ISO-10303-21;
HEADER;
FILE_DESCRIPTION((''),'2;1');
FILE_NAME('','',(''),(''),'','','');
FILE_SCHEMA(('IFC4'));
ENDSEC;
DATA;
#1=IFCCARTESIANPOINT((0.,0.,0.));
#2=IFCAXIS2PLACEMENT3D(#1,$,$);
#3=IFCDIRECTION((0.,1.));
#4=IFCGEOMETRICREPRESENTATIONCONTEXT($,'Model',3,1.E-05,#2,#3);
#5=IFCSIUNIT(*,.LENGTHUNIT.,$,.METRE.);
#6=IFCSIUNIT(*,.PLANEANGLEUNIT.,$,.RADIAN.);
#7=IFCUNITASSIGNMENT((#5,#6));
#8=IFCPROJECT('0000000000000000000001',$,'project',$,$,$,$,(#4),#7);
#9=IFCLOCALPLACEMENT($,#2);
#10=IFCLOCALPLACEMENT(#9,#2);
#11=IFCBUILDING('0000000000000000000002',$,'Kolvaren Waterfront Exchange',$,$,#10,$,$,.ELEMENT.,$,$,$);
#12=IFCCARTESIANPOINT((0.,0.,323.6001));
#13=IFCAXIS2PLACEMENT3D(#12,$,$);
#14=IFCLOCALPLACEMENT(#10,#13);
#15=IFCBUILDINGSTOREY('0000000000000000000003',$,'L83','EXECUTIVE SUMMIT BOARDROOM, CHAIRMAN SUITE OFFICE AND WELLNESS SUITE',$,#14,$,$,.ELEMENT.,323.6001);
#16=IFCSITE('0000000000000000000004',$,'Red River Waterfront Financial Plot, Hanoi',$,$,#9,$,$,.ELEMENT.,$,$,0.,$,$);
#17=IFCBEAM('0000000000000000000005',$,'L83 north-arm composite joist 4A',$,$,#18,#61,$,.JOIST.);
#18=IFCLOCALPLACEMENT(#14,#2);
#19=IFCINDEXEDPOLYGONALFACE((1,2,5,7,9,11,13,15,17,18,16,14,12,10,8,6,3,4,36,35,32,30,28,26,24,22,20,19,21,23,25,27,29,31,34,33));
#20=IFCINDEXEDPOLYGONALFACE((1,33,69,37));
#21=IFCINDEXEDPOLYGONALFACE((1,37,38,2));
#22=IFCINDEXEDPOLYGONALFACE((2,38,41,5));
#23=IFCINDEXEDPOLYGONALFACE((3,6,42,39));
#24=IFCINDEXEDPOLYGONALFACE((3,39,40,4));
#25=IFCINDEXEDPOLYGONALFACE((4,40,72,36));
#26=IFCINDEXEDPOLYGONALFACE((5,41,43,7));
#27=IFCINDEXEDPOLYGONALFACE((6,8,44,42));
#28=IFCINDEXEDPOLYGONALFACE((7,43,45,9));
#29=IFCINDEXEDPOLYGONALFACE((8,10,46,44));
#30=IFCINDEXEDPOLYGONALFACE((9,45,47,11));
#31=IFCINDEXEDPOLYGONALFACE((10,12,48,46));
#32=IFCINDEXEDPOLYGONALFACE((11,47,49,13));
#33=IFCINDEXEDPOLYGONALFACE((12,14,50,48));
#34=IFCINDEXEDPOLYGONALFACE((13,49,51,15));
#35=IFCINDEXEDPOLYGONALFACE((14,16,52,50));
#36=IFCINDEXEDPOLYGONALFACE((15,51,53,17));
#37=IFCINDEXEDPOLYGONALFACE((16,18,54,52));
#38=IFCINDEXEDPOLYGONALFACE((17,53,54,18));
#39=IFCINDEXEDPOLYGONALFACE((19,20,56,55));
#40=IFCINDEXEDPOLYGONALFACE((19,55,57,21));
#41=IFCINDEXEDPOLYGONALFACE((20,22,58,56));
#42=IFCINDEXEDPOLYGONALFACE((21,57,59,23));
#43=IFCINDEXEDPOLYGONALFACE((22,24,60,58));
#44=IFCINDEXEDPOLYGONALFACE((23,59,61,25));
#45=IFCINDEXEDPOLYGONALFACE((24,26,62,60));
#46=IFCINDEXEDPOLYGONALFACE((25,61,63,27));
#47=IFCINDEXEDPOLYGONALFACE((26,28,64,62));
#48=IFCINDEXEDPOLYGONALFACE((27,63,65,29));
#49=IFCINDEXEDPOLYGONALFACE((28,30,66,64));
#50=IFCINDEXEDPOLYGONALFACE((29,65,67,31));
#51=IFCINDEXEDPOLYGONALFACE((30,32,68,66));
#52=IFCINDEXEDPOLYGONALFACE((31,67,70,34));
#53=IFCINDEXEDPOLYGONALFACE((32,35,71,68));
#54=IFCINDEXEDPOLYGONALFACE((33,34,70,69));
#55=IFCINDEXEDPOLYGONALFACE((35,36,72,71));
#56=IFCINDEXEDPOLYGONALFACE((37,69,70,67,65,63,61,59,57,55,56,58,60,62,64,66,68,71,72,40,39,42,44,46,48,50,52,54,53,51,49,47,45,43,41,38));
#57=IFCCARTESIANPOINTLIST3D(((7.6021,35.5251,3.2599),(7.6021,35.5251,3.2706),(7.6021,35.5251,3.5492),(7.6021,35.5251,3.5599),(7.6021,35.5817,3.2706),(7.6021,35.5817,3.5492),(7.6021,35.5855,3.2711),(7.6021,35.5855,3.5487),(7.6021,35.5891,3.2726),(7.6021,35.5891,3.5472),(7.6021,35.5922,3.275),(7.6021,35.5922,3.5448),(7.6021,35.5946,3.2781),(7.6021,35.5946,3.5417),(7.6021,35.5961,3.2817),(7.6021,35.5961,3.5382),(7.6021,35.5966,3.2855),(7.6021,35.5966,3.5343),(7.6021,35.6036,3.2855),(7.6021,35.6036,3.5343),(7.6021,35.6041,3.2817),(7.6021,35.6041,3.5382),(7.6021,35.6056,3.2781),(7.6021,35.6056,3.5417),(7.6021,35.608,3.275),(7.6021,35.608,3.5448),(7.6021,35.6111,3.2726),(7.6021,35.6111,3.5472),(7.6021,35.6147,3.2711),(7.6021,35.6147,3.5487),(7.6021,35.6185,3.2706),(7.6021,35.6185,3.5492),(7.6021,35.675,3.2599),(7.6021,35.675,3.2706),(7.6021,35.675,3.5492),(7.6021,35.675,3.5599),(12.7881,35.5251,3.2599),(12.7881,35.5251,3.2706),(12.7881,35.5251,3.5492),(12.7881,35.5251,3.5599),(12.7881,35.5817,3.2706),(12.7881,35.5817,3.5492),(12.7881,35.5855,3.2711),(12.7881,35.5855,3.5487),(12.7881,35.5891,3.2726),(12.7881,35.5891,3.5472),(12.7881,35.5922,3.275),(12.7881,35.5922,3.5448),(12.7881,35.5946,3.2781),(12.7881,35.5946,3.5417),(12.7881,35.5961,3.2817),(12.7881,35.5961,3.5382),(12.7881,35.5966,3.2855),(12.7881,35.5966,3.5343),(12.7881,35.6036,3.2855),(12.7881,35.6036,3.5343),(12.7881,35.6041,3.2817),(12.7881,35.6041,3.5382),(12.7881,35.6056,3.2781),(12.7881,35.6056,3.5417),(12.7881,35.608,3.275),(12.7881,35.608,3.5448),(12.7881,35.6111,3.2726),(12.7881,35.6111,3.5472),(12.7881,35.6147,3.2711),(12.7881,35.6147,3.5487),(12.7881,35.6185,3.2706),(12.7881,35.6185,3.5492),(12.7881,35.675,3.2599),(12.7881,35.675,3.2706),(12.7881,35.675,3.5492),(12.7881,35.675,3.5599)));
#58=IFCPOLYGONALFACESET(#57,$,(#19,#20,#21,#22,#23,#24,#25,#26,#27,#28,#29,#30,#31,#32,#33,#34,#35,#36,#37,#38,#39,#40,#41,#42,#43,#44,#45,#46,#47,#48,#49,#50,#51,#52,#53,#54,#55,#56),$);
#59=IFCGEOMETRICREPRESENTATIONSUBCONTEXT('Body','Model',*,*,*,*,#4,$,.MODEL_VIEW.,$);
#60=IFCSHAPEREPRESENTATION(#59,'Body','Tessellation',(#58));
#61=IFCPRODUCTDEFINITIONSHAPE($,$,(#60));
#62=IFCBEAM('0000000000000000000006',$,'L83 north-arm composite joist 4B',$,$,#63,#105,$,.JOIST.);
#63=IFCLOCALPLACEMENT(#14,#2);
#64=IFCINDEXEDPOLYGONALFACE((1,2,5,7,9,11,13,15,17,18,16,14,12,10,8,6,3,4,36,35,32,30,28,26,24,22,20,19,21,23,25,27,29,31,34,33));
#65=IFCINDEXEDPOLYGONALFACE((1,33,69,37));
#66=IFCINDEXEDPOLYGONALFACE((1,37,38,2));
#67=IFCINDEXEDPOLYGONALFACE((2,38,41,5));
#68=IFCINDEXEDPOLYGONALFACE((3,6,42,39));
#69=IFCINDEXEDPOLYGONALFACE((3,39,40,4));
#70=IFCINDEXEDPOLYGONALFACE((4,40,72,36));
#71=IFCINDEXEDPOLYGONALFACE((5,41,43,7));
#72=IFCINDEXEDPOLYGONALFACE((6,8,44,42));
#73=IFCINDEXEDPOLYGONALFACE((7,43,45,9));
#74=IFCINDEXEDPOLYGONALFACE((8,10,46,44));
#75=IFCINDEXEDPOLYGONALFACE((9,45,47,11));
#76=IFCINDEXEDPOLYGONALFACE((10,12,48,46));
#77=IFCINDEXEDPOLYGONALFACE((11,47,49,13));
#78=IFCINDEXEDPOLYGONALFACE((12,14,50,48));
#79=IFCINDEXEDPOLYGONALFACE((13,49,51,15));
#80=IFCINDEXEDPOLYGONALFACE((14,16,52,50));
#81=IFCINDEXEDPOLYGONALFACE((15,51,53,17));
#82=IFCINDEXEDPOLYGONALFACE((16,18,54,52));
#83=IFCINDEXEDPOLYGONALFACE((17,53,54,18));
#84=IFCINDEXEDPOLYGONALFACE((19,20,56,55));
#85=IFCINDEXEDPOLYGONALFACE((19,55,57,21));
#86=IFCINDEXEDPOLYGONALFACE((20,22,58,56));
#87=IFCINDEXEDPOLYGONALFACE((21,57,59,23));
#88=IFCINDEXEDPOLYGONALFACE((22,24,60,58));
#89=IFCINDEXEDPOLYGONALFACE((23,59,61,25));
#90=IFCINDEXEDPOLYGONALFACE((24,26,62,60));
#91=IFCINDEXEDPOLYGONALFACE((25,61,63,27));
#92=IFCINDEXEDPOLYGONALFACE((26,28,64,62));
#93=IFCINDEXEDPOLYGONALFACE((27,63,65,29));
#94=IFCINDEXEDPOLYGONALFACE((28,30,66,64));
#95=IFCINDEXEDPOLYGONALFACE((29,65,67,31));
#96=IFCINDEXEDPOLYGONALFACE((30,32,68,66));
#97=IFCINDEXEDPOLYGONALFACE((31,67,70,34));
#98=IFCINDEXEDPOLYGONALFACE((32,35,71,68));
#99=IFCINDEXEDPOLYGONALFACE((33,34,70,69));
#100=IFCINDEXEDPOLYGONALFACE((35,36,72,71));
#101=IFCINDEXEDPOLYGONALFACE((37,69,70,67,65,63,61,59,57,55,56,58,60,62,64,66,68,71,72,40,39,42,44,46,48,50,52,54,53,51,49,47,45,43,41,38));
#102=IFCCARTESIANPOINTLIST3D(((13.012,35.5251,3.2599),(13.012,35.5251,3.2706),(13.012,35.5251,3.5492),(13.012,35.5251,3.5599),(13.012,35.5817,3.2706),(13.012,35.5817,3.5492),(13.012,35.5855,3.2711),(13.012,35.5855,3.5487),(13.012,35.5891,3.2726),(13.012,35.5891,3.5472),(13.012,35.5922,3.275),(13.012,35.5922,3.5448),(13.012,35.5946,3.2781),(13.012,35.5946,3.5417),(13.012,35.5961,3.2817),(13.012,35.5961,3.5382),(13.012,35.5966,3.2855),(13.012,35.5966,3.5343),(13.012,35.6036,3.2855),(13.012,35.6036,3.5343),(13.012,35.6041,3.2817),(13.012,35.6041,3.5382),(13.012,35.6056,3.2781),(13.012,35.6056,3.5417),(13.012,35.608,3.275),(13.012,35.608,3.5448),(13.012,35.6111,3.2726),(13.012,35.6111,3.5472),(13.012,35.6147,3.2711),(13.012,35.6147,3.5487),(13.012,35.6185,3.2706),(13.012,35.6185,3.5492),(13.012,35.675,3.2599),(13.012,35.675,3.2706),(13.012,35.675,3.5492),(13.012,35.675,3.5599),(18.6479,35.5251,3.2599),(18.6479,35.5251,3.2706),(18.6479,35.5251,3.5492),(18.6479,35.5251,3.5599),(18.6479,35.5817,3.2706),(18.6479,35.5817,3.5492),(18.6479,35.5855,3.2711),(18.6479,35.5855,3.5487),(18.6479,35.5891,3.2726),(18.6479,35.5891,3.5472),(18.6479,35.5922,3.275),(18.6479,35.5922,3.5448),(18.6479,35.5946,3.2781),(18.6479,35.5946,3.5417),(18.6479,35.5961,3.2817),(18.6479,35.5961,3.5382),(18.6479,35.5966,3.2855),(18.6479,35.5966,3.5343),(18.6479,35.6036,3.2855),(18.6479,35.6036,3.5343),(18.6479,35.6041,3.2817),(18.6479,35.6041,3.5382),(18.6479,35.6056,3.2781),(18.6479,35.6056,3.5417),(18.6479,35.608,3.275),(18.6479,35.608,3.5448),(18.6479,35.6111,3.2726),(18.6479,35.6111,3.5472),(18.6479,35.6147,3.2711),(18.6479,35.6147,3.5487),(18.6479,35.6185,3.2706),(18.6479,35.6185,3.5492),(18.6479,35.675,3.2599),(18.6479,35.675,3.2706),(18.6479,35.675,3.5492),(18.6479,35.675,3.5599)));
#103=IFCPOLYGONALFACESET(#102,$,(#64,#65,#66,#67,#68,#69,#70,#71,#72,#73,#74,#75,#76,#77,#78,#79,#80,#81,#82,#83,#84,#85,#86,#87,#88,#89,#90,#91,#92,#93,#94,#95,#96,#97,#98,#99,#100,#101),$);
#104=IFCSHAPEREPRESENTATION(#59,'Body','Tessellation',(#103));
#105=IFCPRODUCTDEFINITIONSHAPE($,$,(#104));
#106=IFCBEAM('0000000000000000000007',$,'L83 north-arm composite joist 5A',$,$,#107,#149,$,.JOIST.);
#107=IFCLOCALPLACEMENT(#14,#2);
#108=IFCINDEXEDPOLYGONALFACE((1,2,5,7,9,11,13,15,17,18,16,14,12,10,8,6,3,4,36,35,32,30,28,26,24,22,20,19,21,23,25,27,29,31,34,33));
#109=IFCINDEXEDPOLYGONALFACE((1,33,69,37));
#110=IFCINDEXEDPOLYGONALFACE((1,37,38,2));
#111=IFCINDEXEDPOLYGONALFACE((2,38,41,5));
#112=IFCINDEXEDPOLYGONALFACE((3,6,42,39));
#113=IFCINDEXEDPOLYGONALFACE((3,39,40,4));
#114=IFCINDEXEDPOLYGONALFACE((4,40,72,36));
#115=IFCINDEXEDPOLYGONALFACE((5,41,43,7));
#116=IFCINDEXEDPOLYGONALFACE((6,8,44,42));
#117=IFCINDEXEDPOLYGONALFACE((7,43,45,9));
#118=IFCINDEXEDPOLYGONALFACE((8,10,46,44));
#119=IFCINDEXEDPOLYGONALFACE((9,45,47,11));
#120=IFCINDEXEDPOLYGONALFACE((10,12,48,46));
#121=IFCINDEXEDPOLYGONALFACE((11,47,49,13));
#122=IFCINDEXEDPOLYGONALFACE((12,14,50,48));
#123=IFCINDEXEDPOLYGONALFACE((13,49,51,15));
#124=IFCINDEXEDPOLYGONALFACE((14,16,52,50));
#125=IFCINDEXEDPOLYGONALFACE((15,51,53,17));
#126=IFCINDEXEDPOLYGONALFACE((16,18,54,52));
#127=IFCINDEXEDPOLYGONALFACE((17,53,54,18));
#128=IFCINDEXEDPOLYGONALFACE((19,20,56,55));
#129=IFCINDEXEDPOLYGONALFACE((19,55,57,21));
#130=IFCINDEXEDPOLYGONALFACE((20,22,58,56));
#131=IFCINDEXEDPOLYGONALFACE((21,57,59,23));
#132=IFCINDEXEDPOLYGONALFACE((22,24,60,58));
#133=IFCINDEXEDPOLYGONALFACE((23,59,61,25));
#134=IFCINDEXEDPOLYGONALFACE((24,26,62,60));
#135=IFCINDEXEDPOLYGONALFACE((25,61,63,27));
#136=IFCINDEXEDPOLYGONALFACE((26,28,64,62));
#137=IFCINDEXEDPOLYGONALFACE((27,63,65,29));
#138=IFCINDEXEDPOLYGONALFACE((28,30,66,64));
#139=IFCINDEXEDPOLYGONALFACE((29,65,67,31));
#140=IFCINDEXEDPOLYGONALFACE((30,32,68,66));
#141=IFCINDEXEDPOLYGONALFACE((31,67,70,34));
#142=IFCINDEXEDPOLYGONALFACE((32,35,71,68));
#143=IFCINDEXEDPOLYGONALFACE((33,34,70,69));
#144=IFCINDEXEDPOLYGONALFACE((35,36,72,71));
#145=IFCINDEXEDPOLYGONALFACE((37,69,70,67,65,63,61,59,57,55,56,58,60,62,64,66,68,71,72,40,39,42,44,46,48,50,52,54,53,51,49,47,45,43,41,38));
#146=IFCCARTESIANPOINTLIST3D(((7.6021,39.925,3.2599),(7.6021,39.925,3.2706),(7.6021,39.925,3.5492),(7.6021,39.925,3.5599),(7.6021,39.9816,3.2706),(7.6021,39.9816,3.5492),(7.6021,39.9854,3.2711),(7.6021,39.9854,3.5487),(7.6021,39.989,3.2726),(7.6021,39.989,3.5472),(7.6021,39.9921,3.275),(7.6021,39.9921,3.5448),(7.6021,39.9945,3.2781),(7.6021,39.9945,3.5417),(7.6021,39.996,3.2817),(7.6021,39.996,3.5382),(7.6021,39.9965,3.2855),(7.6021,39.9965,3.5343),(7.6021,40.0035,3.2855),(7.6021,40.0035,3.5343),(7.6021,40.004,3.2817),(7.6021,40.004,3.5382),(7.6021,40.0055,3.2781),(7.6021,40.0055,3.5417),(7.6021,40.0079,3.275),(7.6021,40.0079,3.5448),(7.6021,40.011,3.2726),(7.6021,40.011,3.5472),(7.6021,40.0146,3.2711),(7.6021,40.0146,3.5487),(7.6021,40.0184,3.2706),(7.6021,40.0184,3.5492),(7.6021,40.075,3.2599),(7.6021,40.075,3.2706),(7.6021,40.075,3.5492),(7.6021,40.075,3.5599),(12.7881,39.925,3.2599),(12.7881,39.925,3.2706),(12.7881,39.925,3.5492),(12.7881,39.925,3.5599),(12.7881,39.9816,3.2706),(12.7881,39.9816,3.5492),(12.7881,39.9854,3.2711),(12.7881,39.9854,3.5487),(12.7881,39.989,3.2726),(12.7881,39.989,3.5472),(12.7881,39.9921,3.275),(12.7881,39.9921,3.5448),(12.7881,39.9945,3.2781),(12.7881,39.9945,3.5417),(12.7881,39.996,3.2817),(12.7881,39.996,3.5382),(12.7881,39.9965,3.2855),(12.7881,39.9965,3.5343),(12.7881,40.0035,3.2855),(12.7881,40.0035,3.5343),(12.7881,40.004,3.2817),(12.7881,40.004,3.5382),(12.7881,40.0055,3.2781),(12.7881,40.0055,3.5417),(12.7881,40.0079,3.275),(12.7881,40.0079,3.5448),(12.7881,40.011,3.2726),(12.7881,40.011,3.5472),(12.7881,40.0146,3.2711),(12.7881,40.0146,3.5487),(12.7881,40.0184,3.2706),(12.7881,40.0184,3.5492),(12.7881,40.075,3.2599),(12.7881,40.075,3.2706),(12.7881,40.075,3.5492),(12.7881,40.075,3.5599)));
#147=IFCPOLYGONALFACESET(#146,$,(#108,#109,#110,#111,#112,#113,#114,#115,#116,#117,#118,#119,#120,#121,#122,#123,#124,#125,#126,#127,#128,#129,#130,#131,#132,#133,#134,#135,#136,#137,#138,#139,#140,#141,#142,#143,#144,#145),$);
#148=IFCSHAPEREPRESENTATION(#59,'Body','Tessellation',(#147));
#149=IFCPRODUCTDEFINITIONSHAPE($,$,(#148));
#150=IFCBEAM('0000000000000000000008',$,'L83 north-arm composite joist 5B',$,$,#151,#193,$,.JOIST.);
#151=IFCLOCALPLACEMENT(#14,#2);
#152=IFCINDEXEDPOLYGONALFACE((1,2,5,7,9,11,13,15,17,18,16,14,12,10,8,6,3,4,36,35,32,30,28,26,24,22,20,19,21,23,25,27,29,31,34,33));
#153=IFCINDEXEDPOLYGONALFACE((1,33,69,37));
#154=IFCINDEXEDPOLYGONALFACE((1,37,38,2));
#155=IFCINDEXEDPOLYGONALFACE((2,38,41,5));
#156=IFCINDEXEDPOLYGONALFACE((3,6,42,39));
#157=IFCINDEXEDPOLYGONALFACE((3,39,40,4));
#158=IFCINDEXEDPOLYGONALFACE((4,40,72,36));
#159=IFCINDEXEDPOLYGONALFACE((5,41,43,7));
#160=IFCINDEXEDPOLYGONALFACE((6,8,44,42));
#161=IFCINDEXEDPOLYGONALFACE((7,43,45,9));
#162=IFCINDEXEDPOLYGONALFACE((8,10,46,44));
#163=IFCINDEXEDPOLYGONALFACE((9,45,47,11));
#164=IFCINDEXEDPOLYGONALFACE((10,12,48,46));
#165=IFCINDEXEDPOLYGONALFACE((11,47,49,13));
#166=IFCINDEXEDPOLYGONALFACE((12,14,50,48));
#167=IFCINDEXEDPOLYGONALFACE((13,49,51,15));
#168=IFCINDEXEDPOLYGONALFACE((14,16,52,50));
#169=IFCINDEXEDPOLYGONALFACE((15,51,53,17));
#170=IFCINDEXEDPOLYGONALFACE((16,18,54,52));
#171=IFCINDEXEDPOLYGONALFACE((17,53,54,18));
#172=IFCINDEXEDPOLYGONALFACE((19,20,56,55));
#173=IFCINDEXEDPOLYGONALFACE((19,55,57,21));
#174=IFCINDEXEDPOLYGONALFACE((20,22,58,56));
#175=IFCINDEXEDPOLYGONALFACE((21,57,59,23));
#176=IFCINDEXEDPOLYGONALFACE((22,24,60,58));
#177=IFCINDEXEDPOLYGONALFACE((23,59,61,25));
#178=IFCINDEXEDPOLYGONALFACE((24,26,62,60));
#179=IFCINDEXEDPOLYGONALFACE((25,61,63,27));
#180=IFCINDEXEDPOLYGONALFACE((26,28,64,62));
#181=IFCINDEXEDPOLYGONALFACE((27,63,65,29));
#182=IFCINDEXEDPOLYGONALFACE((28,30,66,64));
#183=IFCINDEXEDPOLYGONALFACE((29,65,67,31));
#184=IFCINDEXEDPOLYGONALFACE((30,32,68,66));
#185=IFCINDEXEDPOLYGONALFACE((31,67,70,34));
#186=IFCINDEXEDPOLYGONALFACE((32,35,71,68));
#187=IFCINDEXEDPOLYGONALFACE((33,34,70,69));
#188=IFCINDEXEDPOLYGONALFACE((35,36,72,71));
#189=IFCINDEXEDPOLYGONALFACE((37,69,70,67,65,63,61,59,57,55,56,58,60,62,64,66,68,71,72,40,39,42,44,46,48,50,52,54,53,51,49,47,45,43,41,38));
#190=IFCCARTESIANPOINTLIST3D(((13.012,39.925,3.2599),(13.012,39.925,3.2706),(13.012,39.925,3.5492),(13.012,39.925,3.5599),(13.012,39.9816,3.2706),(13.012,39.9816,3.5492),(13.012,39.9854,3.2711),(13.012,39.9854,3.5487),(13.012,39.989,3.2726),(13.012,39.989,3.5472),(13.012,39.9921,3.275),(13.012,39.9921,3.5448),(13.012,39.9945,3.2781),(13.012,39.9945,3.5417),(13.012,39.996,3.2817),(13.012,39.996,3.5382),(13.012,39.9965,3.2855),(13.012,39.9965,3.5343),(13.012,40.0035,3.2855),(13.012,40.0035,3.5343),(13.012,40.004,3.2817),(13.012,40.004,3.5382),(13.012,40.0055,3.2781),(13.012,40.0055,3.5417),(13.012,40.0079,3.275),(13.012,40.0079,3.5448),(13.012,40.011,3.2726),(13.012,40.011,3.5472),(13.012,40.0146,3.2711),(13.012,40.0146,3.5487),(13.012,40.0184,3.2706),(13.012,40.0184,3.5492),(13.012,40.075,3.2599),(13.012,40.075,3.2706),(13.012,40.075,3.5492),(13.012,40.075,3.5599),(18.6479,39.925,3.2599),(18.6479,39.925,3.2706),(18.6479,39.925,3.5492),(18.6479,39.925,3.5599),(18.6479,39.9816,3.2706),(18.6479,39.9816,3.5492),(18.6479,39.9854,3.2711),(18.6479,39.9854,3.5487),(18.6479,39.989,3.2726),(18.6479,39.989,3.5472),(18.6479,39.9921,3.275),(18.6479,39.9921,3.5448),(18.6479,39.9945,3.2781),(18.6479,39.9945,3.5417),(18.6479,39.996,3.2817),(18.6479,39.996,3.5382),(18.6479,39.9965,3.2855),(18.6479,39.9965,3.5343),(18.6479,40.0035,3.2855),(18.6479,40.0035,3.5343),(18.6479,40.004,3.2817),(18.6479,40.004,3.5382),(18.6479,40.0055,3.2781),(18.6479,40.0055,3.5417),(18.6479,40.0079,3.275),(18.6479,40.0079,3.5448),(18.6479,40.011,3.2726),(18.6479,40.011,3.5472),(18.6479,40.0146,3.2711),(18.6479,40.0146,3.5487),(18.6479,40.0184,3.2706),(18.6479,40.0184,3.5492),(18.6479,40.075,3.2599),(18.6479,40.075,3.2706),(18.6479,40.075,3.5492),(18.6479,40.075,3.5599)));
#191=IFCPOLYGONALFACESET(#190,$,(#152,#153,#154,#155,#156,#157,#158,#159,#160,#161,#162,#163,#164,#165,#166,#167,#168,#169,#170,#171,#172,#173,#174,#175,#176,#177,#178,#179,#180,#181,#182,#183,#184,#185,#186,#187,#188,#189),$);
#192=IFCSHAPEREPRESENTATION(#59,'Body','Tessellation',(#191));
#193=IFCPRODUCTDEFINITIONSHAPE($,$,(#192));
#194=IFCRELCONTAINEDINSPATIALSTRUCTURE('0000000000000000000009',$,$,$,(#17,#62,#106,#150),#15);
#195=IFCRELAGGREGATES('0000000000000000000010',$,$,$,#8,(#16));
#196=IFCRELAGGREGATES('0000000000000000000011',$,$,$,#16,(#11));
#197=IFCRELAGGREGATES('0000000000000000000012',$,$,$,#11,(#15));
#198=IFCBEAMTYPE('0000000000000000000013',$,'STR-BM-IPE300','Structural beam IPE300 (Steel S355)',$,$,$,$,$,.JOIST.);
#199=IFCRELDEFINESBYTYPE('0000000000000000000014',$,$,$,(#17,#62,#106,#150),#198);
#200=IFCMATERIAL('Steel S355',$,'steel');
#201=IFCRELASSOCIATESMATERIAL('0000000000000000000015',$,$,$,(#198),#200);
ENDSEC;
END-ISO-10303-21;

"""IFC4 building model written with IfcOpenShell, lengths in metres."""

from ifc_helpers import new_model, si_unit, direction, frame, origin, origin_2d, place, context, subcontext, project, spatial, i_section, extrude, material, material_profile, profile_set, type_object, element, save


model = new_model("IFC4")

# Units and contexts
model_context = context("Model", 3, precision=1e-05, world=origin(), true_north=direction((0.0, 1.0)))
body_context = subcontext(model_context, "Body", "Model", "MODEL_VIEW")
ifc_project = project(units=[si_unit("LENGTHUNIT", "METRE"), si_unit("PLANEANGLEUNIT", "RADIAN")], contexts=[model_context])

# Site, building, storey
site_placement = place(None, origin())
site = spatial("IfcSite", under=ifc_project, at=site_placement, Name="Red River Waterfront Financial Plot, Hanoi", CompositionType="ELEMENT", RefElevation=0.0)
building_placement = place(site_placement, origin())
building = spatial("IfcBuilding", under=site, at=building_placement, Name="Kolvaren Waterfront Exchange", CompositionType="ELEMENT")
storey_placement = place(building_placement, frame((0.0, 0.0, 323.6001)))
storey = spatial("IfcBuildingStorey", under=building, at=storey_placement, Name="L83", Description="EXECUTIVE SUMMIT BOARDROOM, CHAIRMAN SUITE OFFICE AND WELLNESS SUITE", CompositionType="ELEMENT", Elevation=323.6001)

# Beams
ifc_material_1 = material(Name="Steel S355", Category="steel")
ifc_material_profile_1 = material_profile(ifc_material_1, i_section(OverallWidth=0.1499, OverallDepth=0.3, WebThickness=0.0071, FlangeThickness=0.0107, FilletRadius=0.0149, at=origin_2d()), Name="IPE300")
ifc_profile_set_1 = profile_set([ifc_material_profile_1], Name="Steel S355")
beam_type_1 = type_object("IfcBeamType", Name="STR-BM-IPE300", Description="Structural beam IPE300 (Steel S355)", PredefinedType="JOIST", material=ifc_profile_set_1)
beam_1_placement = place(storey_placement, frame((7.6021, 35.6001, 3.4099), z_axis=(1.0, 0.0, 0.0), x_axis=(0.0, 1.0, 0.0)))
element("IfcBeam", 1, at=beam_1_placement, inside=storey, type_object=beam_type_1, Name="L83 north-arm composite joist 4A", PredefinedType="JOIST", context=body_context, shape_type="SweptSolid", body=[
    extrude(i_section(OverallWidth=0.1499, OverallDepth=0.3, WebThickness=0.0071, FlangeThickness=0.0107, FilletRadius=0.0149, at=origin_2d()), origin(), (0.0, 0.0, 1.0), 5.186),
])
beam_2_placement = place(storey_placement, frame((13.012, 35.6001, 3.4099), z_axis=(1.0, 0.0, 0.0), x_axis=(0.0, 1.0, 0.0)))
element("IfcBeam", 2, at=beam_2_placement, inside=storey, type_object=beam_type_1, Name="L83 north-arm composite joist 4B", PredefinedType="JOIST", context=body_context, shape_type="SweptSolid", body=[
    extrude(i_section(OverallWidth=0.1499, OverallDepth=0.3, WebThickness=0.0071, FlangeThickness=0.0107, FilletRadius=0.0149, at=origin_2d()), origin(), (0.0, 0.0, 1.0), 5.636),
])
beam_3_placement = place(storey_placement, frame((7.6021, 40.0, 3.4099), z_axis=(1.0, 0.0, 0.0), x_axis=(0.0, 1.0, 0.0)))
element("IfcBeam", 3, at=beam_3_placement, inside=storey, type_object=beam_type_1, Name="L83 north-arm composite joist 5A", PredefinedType="JOIST", context=body_context, shape_type="SweptSolid", body=[
    extrude(i_section(OverallWidth=0.1499, OverallDepth=0.3, WebThickness=0.0071, FlangeThickness=0.0107, FilletRadius=0.0149, at=origin_2d()), origin(), (0.0, 0.0, 1.0), 5.186),
])
beam_4_placement = place(storey_placement, frame((13.012, 40.0, 3.4099), z_axis=(1.0, 0.0, 0.0), x_axis=(0.0, 1.0, 0.0)))
element("IfcBeam", 4, at=beam_4_placement, inside=storey, type_object=beam_type_1, Name="L83 north-arm composite joist 5B", PredefinedType="JOIST", context=body_context, shape_type="SweptSolid", body=[
    extrude(i_section(OverallWidth=0.1499, OverallDepth=0.3, WebThickness=0.0071, FlangeThickness=0.0107, FilletRadius=0.0149, at=origin_2d()), origin(), (0.0, 0.0, 1.0), 5.636),
])

save(model, "model.ifc")
